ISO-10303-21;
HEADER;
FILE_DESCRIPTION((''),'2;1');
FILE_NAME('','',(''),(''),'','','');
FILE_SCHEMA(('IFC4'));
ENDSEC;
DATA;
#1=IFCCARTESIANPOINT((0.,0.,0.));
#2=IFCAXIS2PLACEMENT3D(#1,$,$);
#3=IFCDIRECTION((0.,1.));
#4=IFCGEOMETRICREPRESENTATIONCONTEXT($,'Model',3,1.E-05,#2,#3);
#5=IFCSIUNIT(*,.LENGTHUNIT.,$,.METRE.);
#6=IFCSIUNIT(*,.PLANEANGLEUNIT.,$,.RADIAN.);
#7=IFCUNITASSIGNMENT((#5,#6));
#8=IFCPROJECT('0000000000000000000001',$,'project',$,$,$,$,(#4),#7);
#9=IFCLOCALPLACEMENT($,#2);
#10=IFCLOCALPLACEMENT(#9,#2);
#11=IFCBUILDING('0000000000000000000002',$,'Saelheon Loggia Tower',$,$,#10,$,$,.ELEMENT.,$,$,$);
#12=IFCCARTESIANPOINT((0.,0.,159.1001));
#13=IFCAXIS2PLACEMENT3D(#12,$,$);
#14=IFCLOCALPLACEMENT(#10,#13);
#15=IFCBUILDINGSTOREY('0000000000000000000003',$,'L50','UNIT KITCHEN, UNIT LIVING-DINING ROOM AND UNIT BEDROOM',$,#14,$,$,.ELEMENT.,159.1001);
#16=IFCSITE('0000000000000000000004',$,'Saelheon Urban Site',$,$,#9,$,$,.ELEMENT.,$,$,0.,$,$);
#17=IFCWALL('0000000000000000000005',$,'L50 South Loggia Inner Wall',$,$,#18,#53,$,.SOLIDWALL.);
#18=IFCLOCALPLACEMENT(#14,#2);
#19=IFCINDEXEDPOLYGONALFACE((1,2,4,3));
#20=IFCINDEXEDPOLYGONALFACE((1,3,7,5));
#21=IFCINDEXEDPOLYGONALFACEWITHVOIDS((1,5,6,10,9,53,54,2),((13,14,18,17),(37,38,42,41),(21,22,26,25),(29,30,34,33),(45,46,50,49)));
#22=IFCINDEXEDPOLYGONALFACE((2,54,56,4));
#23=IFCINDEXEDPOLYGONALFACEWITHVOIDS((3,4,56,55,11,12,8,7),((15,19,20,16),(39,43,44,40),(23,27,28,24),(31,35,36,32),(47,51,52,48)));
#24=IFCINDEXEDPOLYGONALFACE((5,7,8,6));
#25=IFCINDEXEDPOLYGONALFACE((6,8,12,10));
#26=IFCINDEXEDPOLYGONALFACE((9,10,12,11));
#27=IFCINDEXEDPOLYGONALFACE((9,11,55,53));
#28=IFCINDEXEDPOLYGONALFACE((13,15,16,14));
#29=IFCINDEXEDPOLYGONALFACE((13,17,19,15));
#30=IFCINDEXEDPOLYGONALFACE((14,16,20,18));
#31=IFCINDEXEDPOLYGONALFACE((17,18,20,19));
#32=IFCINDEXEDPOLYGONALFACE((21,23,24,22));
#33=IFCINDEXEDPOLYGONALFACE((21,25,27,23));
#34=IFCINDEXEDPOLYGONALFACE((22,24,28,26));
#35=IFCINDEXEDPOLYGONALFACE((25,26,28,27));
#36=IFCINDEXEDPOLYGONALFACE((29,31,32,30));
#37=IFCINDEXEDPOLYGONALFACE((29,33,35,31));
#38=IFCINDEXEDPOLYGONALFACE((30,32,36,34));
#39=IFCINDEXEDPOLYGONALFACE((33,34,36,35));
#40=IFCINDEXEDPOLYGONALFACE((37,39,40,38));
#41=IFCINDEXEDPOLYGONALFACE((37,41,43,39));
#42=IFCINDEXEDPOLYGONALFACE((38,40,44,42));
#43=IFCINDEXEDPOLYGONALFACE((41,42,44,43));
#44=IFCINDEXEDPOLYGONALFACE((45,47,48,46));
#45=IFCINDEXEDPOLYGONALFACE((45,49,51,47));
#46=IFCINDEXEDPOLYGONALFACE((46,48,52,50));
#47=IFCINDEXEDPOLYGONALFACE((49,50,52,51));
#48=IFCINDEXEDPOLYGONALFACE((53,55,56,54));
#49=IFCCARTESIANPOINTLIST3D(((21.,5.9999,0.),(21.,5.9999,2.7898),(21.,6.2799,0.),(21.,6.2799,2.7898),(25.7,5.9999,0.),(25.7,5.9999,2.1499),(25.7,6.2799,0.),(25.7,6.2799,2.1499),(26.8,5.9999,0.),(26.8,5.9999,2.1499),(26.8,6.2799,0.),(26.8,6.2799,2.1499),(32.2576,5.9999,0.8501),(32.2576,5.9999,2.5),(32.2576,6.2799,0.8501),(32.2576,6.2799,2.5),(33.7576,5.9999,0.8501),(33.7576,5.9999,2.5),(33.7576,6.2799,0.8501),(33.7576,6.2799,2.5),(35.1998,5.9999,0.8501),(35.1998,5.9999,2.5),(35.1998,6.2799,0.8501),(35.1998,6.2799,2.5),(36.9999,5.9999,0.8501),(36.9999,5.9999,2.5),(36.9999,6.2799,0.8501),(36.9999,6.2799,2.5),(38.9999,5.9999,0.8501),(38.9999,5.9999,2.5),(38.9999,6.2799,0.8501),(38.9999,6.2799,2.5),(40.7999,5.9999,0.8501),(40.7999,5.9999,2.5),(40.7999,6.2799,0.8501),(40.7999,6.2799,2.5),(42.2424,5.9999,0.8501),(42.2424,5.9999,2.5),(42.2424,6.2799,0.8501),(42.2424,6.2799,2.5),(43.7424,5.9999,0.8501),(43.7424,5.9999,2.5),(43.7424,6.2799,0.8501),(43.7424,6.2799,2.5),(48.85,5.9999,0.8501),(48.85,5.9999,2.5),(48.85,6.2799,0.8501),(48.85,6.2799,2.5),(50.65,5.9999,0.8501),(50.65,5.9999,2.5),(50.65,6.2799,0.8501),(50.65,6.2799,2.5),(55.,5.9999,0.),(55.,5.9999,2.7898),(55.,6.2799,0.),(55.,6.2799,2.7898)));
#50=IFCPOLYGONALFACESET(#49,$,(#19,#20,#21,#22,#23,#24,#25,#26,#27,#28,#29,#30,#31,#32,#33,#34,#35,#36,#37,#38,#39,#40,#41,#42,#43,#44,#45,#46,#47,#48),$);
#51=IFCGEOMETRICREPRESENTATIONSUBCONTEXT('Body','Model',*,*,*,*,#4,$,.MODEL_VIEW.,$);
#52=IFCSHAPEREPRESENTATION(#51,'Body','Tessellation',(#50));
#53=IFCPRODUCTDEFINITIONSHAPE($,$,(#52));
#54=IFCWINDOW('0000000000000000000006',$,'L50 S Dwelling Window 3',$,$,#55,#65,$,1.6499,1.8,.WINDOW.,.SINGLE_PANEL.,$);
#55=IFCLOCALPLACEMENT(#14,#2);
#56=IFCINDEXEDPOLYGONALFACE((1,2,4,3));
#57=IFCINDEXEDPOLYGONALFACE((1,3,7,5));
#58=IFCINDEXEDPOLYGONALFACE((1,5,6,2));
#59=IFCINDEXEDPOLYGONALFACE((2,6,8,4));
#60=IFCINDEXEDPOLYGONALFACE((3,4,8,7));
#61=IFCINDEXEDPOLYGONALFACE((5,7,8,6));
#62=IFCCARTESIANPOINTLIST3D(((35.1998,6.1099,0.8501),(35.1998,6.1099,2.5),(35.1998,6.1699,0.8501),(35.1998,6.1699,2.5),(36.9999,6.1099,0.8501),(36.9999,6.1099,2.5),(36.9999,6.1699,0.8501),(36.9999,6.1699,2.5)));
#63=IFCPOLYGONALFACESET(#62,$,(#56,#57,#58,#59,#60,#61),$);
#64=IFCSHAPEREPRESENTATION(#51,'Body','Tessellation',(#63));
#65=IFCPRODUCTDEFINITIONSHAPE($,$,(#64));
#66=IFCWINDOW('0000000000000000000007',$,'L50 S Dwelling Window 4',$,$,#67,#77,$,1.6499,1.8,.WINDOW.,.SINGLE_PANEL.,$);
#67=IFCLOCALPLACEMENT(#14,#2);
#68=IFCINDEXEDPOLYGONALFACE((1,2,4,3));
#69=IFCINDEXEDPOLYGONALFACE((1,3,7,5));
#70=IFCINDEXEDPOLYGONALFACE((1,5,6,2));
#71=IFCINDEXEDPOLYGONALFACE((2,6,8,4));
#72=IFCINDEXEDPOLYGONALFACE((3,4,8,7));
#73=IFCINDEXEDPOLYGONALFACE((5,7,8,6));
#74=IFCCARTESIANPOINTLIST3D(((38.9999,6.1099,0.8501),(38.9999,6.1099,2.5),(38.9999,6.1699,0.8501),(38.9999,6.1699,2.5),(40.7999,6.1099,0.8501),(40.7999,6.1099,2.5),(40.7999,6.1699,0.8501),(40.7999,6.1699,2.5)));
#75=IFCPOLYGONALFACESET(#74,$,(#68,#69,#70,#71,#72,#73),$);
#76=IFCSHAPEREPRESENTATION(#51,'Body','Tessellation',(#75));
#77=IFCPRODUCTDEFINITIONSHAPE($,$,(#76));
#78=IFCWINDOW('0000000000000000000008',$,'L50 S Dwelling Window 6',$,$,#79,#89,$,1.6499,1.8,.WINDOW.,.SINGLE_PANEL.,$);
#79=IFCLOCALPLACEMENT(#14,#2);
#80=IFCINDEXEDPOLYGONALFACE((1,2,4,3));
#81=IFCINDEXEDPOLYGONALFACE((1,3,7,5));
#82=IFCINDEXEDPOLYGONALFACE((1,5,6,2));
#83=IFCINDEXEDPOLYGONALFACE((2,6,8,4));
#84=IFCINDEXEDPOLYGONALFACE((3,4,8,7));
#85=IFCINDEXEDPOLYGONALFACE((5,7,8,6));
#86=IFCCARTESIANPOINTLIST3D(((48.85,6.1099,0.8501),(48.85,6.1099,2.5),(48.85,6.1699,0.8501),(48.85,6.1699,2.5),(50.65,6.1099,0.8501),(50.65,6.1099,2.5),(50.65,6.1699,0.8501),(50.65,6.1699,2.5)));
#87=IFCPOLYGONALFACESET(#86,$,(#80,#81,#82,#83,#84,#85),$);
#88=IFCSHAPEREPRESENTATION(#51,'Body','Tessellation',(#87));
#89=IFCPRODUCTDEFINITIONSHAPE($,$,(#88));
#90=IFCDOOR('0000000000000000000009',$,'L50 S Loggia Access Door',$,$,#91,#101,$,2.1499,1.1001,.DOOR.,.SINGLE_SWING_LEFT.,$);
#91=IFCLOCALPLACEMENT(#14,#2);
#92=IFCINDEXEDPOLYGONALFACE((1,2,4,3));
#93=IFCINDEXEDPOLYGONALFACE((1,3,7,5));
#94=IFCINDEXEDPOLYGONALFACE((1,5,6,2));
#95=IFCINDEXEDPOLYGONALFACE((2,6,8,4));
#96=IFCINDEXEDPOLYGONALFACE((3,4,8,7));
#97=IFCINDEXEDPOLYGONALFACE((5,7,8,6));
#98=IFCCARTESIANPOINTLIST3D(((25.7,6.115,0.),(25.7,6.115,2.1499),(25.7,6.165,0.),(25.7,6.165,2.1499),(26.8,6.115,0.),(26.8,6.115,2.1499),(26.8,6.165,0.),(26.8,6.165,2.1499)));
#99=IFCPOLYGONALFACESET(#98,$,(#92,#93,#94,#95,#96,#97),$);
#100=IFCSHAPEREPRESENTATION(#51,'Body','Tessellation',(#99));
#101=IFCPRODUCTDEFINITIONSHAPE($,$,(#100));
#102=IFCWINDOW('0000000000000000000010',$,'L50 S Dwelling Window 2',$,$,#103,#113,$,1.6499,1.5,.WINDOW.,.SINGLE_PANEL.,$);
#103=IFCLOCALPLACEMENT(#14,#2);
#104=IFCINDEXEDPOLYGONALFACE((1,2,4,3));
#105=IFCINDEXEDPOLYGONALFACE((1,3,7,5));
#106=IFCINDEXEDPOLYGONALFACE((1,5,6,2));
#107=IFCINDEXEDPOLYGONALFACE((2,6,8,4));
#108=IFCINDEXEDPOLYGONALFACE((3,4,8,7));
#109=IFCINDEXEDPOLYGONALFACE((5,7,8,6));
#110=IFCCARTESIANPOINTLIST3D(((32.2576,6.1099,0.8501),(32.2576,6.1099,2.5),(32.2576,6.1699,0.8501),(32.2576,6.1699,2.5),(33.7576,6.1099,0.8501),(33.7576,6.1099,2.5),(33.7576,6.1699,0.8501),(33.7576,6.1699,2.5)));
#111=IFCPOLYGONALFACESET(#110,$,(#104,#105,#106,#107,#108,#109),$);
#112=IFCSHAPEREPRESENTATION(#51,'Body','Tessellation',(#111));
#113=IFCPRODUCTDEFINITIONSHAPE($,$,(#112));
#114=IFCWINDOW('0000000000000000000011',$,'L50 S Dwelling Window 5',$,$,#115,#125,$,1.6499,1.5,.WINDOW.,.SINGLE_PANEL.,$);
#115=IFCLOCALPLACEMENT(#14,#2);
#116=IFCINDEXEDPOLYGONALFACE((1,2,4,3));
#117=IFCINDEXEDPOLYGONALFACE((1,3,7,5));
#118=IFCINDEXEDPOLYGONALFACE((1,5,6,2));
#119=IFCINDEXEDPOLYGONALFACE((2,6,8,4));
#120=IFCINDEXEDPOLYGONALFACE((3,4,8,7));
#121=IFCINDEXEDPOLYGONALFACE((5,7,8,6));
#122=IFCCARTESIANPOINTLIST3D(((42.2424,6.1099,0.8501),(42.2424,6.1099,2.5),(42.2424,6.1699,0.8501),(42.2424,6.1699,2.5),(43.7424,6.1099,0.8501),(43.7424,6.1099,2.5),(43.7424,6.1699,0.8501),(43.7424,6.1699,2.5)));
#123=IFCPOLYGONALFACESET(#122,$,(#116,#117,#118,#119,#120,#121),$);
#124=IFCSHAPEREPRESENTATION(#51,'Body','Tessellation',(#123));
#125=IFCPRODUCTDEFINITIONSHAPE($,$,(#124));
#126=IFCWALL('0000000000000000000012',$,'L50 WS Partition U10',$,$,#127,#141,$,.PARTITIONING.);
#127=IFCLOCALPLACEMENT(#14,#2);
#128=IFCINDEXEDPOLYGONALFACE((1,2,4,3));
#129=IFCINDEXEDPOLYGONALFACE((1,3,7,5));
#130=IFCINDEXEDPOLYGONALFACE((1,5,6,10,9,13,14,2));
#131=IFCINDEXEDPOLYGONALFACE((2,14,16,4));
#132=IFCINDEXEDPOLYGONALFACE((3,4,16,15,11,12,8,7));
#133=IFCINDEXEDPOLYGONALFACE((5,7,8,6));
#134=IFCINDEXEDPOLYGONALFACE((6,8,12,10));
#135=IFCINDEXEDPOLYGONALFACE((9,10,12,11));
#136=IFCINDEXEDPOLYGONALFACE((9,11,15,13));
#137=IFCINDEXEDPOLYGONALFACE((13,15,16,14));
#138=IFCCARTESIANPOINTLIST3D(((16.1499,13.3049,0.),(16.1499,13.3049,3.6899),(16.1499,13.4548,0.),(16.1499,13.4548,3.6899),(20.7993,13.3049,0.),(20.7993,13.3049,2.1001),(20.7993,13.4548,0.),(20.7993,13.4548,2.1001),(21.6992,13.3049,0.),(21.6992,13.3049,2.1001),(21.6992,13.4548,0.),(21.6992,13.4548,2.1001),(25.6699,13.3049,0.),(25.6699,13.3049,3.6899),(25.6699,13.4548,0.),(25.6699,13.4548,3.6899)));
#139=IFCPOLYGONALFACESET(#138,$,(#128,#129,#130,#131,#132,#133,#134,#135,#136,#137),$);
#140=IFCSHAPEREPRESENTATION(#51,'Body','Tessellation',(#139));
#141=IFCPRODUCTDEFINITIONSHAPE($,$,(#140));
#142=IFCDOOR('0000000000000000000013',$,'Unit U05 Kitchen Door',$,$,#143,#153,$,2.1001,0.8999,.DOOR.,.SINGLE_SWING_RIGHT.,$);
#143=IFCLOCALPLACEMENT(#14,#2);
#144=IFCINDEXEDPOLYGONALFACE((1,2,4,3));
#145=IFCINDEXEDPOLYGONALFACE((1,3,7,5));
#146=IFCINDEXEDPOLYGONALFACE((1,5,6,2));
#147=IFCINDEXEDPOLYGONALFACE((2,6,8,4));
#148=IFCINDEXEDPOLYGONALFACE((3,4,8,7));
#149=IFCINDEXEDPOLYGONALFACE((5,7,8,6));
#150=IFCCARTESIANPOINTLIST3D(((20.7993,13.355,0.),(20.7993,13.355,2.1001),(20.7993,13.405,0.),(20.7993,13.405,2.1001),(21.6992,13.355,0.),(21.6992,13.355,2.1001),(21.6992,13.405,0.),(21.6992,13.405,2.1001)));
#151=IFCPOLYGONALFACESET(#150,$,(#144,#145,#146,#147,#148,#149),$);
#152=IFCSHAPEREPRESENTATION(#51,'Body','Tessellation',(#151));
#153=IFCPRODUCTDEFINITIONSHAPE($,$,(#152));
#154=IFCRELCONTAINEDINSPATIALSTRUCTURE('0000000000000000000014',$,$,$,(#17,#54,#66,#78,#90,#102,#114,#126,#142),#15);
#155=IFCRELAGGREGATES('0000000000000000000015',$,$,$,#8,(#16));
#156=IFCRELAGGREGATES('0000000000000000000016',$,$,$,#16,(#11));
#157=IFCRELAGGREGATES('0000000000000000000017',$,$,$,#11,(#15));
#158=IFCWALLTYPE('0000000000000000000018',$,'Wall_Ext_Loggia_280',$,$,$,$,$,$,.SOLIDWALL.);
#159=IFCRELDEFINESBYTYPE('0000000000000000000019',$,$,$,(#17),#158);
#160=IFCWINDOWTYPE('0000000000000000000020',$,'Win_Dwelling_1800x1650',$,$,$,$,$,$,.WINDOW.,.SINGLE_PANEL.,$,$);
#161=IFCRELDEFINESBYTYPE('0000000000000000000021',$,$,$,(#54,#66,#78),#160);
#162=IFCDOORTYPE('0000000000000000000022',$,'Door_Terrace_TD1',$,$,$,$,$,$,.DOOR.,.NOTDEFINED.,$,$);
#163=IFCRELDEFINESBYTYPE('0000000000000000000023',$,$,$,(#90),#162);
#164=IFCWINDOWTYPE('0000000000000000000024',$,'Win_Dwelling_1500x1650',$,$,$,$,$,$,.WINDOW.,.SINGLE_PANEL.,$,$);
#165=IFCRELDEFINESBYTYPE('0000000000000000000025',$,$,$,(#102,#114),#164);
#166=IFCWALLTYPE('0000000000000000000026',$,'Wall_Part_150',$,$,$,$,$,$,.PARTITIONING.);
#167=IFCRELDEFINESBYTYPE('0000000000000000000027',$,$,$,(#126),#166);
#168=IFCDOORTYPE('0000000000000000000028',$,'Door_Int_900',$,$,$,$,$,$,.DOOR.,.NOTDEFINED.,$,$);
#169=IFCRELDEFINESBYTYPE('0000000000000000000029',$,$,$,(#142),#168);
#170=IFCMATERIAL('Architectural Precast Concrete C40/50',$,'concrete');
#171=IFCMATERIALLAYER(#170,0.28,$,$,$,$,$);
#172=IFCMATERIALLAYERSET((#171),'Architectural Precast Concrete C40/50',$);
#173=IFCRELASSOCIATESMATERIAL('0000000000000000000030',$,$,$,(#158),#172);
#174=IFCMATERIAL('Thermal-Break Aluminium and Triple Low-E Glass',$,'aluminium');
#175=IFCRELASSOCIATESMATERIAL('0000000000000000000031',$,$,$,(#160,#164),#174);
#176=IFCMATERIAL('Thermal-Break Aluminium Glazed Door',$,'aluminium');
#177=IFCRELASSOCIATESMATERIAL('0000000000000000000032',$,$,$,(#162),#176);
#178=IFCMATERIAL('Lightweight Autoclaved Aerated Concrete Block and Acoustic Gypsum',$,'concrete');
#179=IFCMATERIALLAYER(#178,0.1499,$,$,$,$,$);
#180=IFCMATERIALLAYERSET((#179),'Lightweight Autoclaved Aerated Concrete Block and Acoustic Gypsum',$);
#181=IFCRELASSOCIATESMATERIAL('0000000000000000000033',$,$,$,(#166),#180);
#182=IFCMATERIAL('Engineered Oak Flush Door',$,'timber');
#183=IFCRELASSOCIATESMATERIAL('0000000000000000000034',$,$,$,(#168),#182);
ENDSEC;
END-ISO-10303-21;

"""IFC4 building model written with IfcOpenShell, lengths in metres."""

from ifc_helpers import new_model, si_unit, direction, frame, frame_2d, origin, place, context, subcontext, project, spatial, rectangle, extrude, source, transform, mapped, material, layer, layer_set, type_object, element, fill, save


model = new_model("IFC4")

# Units and contexts
model_context = context("Model", 3, precision=1e-05, world=origin(), true_north=direction((0.0, 1.0)))
body_context = subcontext(model_context, "Body", "Model", "MODEL_VIEW")
ifc_project = project(units=[si_unit("LENGTHUNIT", "METRE"), si_unit("PLANEANGLEUNIT", "RADIAN")], contexts=[model_context])

# Site, building, storey
site_placement = place(None, origin())
site = spatial("IfcSite", under=ifc_project, at=site_placement, Name="Saelheon Urban Site", CompositionType="ELEMENT", RefElevation=0.0)
building_placement = place(site_placement, origin())
building = spatial("IfcBuilding", under=site, at=building_placement, Name="Saelheon Loggia Tower", CompositionType="ELEMENT")
storey_placement = place(building_placement, frame((0.0, 0.0, 159.1001)))
storey = spatial("IfcBuildingStorey", under=building, at=storey_placement, Name="L50", Description="UNIT KITCHEN, UNIT LIVING-DINING ROOM AND UNIT BEDROOM", CompositionType="ELEMENT", Elevation=159.1001)

# Wall, openings, windows, door
ifc_material_1 = material(Name="Architectural Precast Concrete C40/50", Category="concrete")
ifc_layer_1 = layer(ifc_material_1, 0.28)
ifc_layer_set_1 = layer_set([ifc_layer_1], Name="Architectural Precast Concrete C40/50")
wall_type_1 = type_object("IfcWallType", Name="Wall_Ext_Loggia_280", PredefinedType="SOLIDWALL", material=ifc_layer_set_1)
wall_1_placement = place(storey_placement, frame((21.0, 6.1399, 0.0), z_axis=(0.0, 0.0, 1.0), x_axis=(1.0, 0.0, 0.0)))
wall_1 = element("IfcWall", 1, at=wall_1_placement, inside=storey, type_object=wall_type_1, Name="L50 South Loggia Inner Wall", PredefinedType="SOLIDWALL", context=body_context, shape_type="SweptSolid", body=[
    extrude(rectangle(XDim=34.0, YDim=0.28, at=frame_2d((17.0, 0.0))), origin(), (0.0, 0.0, 1.0), 2.7898),
])
opening_1_placement = place(wall_1_placement, frame((5.8, 0.0, 0.0), z_axis=(0.0, 0.0, 1.0), x_axis=(-1.0, 0.0, 0.0)))
opening_1 = element("IfcOpeningElement", 2, at=opening_1_placement, cuts=wall_1, PredefinedType="OPENING", context=body_context, shape_type="SweptSolid", body=[
    extrude(rectangle(XDim=1.1001, YDim=2.1499, at=frame_2d((0.55, 1.075))), frame((0.0, 0.1521, 0.0), z_axis=(0.0, -1.0, 0.0), x_axis=(1.0, 0.0, 0.0)), (0.0, 0.0, 1.0), 0.304),
])
opening_2_placement = place(wall_1_placement, frame((11.2576, 0.0, 0.8501)))
opening_2 = element("IfcOpeningElement", 3, at=opening_2_placement, cuts=wall_1, PredefinedType="OPENING", context=body_context, shape_type="SweptSolid", body=[
    extrude(rectangle(XDim=1.5, YDim=1.6499, at=frame_2d((0.75, 0.825))), frame((0.0, 0.1521, 0.0), z_axis=(0.0, -1.0, 0.0), x_axis=(1.0, 0.0, 0.0)), (0.0, 0.0, 1.0), 0.304),
])
opening_3_placement = place(wall_1_placement, frame((14.2, 0.0, 0.8501)))
opening_3 = element("IfcOpeningElement", 4, at=opening_3_placement, cuts=wall_1, PredefinedType="OPENING", context=body_context, shape_type="SweptSolid", body=[
    extrude(rectangle(XDim=1.8, YDim=1.6499, at=frame_2d((0.8999, 0.825))), frame((0.0, 0.1521, 0.0), z_axis=(0.0, -1.0, 0.0), x_axis=(1.0, 0.0, 0.0)), (0.0, 0.0, 1.0), 0.304),
])
opening_4_placement = place(wall_1_placement, frame((18.0, 0.0, 0.8501)))
opening_4 = element("IfcOpeningElement", 5, at=opening_4_placement, cuts=wall_1, PredefinedType="OPENING", context=body_context, shape_type="SweptSolid", body=[
    extrude(rectangle(XDim=1.8, YDim=1.6499, at=frame_2d((0.8999, 0.825))), frame((0.0, 0.1521, 0.0), z_axis=(0.0, -1.0, 0.0), x_axis=(1.0, 0.0, 0.0)), (0.0, 0.0, 1.0), 0.304),
])
opening_5_placement = place(wall_1_placement, frame((21.2424, 0.0, 0.8501)))
opening_5 = element("IfcOpeningElement", 6, at=opening_5_placement, cuts=wall_1, PredefinedType="OPENING", context=body_context, shape_type="SweptSolid", body=[
    extrude(rectangle(XDim=1.5, YDim=1.6499, at=frame_2d((0.75, 0.825))), frame((0.0, 0.1521, 0.0), z_axis=(0.0, -1.0, 0.0), x_axis=(1.0, 0.0, 0.0)), (0.0, 0.0, 1.0), 0.304),
])
opening_6_placement = place(wall_1_placement, frame((27.8501, 0.0, 0.8501)))
opening_6 = element("IfcOpeningElement", 7, at=opening_6_placement, cuts=wall_1, PredefinedType="OPENING", context=body_context, shape_type="SweptSolid", body=[
    extrude(rectangle(XDim=1.8, YDim=1.6499, at=frame_2d((0.8999, 0.825))), frame((0.0, 0.1521, 0.0), z_axis=(0.0, -1.0, 0.0), x_axis=(1.0, 0.0, 0.0)), (0.0, 0.0, 1.0), 0.304),
])
ifc_material_2 = material(Name="Thermal-Break Aluminium and Triple Low-E Glass", Category="aluminium")
window_type_1 = type_object("IfcWindowType", Name="Win_Dwelling_1800x1650", PartitioningType="SINGLE_PANEL", PredefinedType="WINDOW", material=ifc_material_2)
shared_shape_1 = source(origin(), body_context, "Body", "SweptSolid", [
    extrude(rectangle(XDim=1.8, YDim=1.6499, at=frame_2d((0.8999, 0.825))), frame((0.0, 0.03, 0.0), z_axis=(0.0, -1.0, 0.0), x_axis=(1.0, 0.0, 0.0)), (0.0, 0.0, 1.0), 0.0601),
])
window_1_placement = place(opening_3_placement, origin())
window_1 = element("IfcWindow", 8, at=window_1_placement, inside=storey, type_object=window_type_1, Name="L50 S Dwelling Window 3", OverallHeight=1.6499, OverallWidth=1.8, PartitioningType="SINGLE_PANEL", PredefinedType="WINDOW", context=body_context, shape_type="MappedRepresentation", body=[
    mapped(shared_shape_1, transform((0.0, 0.0, 0.0), scale=1.0)),
])
fill(opening_3, window_1)
window_2_placement = place(opening_4_placement, origin())
window_2 = element("IfcWindow", 9, at=window_2_placement, inside=storey, type_object=window_type_1, Name="L50 S Dwelling Window 4", OverallHeight=1.6499, OverallWidth=1.8, PartitioningType="SINGLE_PANEL", PredefinedType="WINDOW", context=body_context, shape_type="MappedRepresentation", body=[
    mapped(shared_shape_1, transform((0.0, 0.0, 0.0), scale=1.0)),
])
fill(opening_4, window_2)
window_3_placement = place(opening_6_placement, origin())
window_3 = element("IfcWindow", 10, at=window_3_placement, inside=storey, type_object=window_type_1, Name="L50 S Dwelling Window 6", OverallHeight=1.6499, OverallWidth=1.8, PartitioningType="SINGLE_PANEL", PredefinedType="WINDOW", context=body_context, shape_type="MappedRepresentation", body=[
    mapped(shared_shape_1, transform((0.0, 0.0, 0.0), scale=1.0)),
])
fill(opening_6, window_3)
ifc_material_3 = material(Name="Thermal-Break Aluminium Glazed Door", Category="aluminium")
door_type_1 = type_object("IfcDoorType", Name="Door_Terrace_TD1", OperationType="NOTDEFINED", PredefinedType="DOOR", material=ifc_material_3)
shared_shape_2 = source(origin(), body_context, "Body", "SweptSolid", [
    extrude(rectangle(XDim=1.1001, YDim=2.1499, at=frame_2d((0.55, 1.075))), frame((0.0, 0.0249, 0.0), z_axis=(0.0, -1.0, 0.0), x_axis=(1.0, 0.0, 0.0)), (0.0, 0.0, 1.0), 0.05),
])
door_1_placement = place(opening_1_placement, origin())
door_1 = element("IfcDoor", 11, at=door_1_placement, inside=storey, type_object=door_type_1, Name="L50 S Loggia Access Door", OperationType="SINGLE_SWING_LEFT", OverallHeight=2.1499, OverallWidth=1.1001, PredefinedType="DOOR", context=body_context, shape_type="MappedRepresentation", body=[
    mapped(shared_shape_2, transform((0.0, 0.0, 0.0), scale=1.0)),
])
fill(opening_1, door_1)
window_type_2 = type_object("IfcWindowType", Name="Win_Dwelling_1500x1650", PartitioningType="SINGLE_PANEL", PredefinedType="WINDOW", material=ifc_material_2)
shared_shape_3 = source(origin(), body_context, "Body", "SweptSolid", [
    extrude(rectangle(XDim=1.5, YDim=1.6499, at=frame_2d((0.75, 0.825))), frame((0.0, 0.03, 0.0), z_axis=(0.0, -1.0, 0.0), x_axis=(1.0, 0.0, 0.0)), (0.0, 0.0, 1.0), 0.0601),
])
window_4_placement = place(opening_2_placement, origin())
window_4 = element("IfcWindow", 12, at=window_4_placement, inside=storey, type_object=window_type_2, Name="L50 S Dwelling Window 2", OverallHeight=1.6499, OverallWidth=1.5, PartitioningType="SINGLE_PANEL", PredefinedType="WINDOW", context=body_context, shape_type="MappedRepresentation", body=[
    mapped(shared_shape_3, transform((0.0, 0.0, 0.0), scale=1.0)),
])
fill(opening_2, window_4)
window_5_placement = place(opening_5_placement, origin())
window_5 = element("IfcWindow", 13, at=window_5_placement, inside=storey, type_object=window_type_2, Name="L50 S Dwelling Window 5", OverallHeight=1.6499, OverallWidth=1.5, PartitioningType="SINGLE_PANEL", PredefinedType="WINDOW", context=body_context, shape_type="MappedRepresentation", body=[
    mapped(shared_shape_3, transform((0.0, 0.0, 0.0), scale=1.0)),
])
fill(opening_5, window_5)

# Wall, opening, door
ifc_material_4 = material(Name="Lightweight Autoclaved Aerated Concrete Block and Acoustic Gypsum", Category="concrete")
ifc_layer_2 = layer(ifc_material_4, 0.1499)
ifc_layer_set_2 = layer_set([ifc_layer_2], Name="Lightweight Autoclaved Aerated Concrete Block and Acoustic Gypsum")
wall_type_2 = type_object("IfcWallType", Name="Wall_Part_150", PredefinedType="PARTITIONING", material=ifc_layer_set_2)
wall_2_placement = place(storey_placement, frame((25.6699, 13.3799, 0.0), z_axis=(0.0, 0.0, 1.0), x_axis=(-1.0, 0.0, 0.0)))
wall_2 = element("IfcWall", 14, at=wall_2_placement, inside=storey, type_object=wall_type_2, Name="L50 WS Partition U10", PredefinedType="PARTITIONING", context=body_context, shape_type="SweptSolid", body=[
    extrude(rectangle(XDim=9.52, YDim=0.1499, at=frame_2d((4.76, 0.0))), origin(), (0.0, 0.0, 1.0), 3.6899),
])
opening_7_placement = place(wall_2_placement, frame((3.9707, 0.0, 0.0)))
opening_7 = element("IfcOpeningElement", 15, at=opening_7_placement, cuts=wall_2, PredefinedType="OPENING", context=body_context, shape_type="SweptSolid", body=[
    extrude(rectangle(XDim=0.8999, YDim=2.1001, at=frame_2d((0.45, 1.05))), frame((0.0, 0.0869, 0.0), z_axis=(0.0, -1.0, 0.0), x_axis=(1.0, 0.0, 0.0)), (0.0, 0.0, 1.0), 0.1738),
])
ifc_material_5 = material(Name="Engineered Oak Flush Door", Category="timber")
door_type_2 = type_object("IfcDoorType", Name="Door_Int_900", OperationType="NOTDEFINED", PredefinedType="DOOR", material=ifc_material_5)
shared_shape_4 = source(origin(), body_context, "Body", "SweptSolid", [
    extrude(rectangle(XDim=0.8999, YDim=2.1001, at=frame_2d((0.45, 1.05))), frame((0.0, 0.0249, 0.0), z_axis=(0.0, -1.0, 0.0), x_axis=(1.0, 0.0, 0.0)), (0.0, 0.0, 1.0), 0.05),
])
door_2_placement = place(opening_7_placement, origin())
door_2 = element("IfcDoor", 16, at=door_2_placement, inside=storey, type_object=door_type_2, Name="Unit U05 Kitchen Door", OperationType="SINGLE_SWING_RIGHT", OverallHeight=2.1001, OverallWidth=0.8999, PredefinedType="DOOR", context=body_context, shape_type="MappedRepresentation", body=[
    mapped(shared_shape_4, transform((0.0, 0.0, 0.0), scale=1.0)),
])
fill(opening_7, door_2)

save(model, "model.ifc")
